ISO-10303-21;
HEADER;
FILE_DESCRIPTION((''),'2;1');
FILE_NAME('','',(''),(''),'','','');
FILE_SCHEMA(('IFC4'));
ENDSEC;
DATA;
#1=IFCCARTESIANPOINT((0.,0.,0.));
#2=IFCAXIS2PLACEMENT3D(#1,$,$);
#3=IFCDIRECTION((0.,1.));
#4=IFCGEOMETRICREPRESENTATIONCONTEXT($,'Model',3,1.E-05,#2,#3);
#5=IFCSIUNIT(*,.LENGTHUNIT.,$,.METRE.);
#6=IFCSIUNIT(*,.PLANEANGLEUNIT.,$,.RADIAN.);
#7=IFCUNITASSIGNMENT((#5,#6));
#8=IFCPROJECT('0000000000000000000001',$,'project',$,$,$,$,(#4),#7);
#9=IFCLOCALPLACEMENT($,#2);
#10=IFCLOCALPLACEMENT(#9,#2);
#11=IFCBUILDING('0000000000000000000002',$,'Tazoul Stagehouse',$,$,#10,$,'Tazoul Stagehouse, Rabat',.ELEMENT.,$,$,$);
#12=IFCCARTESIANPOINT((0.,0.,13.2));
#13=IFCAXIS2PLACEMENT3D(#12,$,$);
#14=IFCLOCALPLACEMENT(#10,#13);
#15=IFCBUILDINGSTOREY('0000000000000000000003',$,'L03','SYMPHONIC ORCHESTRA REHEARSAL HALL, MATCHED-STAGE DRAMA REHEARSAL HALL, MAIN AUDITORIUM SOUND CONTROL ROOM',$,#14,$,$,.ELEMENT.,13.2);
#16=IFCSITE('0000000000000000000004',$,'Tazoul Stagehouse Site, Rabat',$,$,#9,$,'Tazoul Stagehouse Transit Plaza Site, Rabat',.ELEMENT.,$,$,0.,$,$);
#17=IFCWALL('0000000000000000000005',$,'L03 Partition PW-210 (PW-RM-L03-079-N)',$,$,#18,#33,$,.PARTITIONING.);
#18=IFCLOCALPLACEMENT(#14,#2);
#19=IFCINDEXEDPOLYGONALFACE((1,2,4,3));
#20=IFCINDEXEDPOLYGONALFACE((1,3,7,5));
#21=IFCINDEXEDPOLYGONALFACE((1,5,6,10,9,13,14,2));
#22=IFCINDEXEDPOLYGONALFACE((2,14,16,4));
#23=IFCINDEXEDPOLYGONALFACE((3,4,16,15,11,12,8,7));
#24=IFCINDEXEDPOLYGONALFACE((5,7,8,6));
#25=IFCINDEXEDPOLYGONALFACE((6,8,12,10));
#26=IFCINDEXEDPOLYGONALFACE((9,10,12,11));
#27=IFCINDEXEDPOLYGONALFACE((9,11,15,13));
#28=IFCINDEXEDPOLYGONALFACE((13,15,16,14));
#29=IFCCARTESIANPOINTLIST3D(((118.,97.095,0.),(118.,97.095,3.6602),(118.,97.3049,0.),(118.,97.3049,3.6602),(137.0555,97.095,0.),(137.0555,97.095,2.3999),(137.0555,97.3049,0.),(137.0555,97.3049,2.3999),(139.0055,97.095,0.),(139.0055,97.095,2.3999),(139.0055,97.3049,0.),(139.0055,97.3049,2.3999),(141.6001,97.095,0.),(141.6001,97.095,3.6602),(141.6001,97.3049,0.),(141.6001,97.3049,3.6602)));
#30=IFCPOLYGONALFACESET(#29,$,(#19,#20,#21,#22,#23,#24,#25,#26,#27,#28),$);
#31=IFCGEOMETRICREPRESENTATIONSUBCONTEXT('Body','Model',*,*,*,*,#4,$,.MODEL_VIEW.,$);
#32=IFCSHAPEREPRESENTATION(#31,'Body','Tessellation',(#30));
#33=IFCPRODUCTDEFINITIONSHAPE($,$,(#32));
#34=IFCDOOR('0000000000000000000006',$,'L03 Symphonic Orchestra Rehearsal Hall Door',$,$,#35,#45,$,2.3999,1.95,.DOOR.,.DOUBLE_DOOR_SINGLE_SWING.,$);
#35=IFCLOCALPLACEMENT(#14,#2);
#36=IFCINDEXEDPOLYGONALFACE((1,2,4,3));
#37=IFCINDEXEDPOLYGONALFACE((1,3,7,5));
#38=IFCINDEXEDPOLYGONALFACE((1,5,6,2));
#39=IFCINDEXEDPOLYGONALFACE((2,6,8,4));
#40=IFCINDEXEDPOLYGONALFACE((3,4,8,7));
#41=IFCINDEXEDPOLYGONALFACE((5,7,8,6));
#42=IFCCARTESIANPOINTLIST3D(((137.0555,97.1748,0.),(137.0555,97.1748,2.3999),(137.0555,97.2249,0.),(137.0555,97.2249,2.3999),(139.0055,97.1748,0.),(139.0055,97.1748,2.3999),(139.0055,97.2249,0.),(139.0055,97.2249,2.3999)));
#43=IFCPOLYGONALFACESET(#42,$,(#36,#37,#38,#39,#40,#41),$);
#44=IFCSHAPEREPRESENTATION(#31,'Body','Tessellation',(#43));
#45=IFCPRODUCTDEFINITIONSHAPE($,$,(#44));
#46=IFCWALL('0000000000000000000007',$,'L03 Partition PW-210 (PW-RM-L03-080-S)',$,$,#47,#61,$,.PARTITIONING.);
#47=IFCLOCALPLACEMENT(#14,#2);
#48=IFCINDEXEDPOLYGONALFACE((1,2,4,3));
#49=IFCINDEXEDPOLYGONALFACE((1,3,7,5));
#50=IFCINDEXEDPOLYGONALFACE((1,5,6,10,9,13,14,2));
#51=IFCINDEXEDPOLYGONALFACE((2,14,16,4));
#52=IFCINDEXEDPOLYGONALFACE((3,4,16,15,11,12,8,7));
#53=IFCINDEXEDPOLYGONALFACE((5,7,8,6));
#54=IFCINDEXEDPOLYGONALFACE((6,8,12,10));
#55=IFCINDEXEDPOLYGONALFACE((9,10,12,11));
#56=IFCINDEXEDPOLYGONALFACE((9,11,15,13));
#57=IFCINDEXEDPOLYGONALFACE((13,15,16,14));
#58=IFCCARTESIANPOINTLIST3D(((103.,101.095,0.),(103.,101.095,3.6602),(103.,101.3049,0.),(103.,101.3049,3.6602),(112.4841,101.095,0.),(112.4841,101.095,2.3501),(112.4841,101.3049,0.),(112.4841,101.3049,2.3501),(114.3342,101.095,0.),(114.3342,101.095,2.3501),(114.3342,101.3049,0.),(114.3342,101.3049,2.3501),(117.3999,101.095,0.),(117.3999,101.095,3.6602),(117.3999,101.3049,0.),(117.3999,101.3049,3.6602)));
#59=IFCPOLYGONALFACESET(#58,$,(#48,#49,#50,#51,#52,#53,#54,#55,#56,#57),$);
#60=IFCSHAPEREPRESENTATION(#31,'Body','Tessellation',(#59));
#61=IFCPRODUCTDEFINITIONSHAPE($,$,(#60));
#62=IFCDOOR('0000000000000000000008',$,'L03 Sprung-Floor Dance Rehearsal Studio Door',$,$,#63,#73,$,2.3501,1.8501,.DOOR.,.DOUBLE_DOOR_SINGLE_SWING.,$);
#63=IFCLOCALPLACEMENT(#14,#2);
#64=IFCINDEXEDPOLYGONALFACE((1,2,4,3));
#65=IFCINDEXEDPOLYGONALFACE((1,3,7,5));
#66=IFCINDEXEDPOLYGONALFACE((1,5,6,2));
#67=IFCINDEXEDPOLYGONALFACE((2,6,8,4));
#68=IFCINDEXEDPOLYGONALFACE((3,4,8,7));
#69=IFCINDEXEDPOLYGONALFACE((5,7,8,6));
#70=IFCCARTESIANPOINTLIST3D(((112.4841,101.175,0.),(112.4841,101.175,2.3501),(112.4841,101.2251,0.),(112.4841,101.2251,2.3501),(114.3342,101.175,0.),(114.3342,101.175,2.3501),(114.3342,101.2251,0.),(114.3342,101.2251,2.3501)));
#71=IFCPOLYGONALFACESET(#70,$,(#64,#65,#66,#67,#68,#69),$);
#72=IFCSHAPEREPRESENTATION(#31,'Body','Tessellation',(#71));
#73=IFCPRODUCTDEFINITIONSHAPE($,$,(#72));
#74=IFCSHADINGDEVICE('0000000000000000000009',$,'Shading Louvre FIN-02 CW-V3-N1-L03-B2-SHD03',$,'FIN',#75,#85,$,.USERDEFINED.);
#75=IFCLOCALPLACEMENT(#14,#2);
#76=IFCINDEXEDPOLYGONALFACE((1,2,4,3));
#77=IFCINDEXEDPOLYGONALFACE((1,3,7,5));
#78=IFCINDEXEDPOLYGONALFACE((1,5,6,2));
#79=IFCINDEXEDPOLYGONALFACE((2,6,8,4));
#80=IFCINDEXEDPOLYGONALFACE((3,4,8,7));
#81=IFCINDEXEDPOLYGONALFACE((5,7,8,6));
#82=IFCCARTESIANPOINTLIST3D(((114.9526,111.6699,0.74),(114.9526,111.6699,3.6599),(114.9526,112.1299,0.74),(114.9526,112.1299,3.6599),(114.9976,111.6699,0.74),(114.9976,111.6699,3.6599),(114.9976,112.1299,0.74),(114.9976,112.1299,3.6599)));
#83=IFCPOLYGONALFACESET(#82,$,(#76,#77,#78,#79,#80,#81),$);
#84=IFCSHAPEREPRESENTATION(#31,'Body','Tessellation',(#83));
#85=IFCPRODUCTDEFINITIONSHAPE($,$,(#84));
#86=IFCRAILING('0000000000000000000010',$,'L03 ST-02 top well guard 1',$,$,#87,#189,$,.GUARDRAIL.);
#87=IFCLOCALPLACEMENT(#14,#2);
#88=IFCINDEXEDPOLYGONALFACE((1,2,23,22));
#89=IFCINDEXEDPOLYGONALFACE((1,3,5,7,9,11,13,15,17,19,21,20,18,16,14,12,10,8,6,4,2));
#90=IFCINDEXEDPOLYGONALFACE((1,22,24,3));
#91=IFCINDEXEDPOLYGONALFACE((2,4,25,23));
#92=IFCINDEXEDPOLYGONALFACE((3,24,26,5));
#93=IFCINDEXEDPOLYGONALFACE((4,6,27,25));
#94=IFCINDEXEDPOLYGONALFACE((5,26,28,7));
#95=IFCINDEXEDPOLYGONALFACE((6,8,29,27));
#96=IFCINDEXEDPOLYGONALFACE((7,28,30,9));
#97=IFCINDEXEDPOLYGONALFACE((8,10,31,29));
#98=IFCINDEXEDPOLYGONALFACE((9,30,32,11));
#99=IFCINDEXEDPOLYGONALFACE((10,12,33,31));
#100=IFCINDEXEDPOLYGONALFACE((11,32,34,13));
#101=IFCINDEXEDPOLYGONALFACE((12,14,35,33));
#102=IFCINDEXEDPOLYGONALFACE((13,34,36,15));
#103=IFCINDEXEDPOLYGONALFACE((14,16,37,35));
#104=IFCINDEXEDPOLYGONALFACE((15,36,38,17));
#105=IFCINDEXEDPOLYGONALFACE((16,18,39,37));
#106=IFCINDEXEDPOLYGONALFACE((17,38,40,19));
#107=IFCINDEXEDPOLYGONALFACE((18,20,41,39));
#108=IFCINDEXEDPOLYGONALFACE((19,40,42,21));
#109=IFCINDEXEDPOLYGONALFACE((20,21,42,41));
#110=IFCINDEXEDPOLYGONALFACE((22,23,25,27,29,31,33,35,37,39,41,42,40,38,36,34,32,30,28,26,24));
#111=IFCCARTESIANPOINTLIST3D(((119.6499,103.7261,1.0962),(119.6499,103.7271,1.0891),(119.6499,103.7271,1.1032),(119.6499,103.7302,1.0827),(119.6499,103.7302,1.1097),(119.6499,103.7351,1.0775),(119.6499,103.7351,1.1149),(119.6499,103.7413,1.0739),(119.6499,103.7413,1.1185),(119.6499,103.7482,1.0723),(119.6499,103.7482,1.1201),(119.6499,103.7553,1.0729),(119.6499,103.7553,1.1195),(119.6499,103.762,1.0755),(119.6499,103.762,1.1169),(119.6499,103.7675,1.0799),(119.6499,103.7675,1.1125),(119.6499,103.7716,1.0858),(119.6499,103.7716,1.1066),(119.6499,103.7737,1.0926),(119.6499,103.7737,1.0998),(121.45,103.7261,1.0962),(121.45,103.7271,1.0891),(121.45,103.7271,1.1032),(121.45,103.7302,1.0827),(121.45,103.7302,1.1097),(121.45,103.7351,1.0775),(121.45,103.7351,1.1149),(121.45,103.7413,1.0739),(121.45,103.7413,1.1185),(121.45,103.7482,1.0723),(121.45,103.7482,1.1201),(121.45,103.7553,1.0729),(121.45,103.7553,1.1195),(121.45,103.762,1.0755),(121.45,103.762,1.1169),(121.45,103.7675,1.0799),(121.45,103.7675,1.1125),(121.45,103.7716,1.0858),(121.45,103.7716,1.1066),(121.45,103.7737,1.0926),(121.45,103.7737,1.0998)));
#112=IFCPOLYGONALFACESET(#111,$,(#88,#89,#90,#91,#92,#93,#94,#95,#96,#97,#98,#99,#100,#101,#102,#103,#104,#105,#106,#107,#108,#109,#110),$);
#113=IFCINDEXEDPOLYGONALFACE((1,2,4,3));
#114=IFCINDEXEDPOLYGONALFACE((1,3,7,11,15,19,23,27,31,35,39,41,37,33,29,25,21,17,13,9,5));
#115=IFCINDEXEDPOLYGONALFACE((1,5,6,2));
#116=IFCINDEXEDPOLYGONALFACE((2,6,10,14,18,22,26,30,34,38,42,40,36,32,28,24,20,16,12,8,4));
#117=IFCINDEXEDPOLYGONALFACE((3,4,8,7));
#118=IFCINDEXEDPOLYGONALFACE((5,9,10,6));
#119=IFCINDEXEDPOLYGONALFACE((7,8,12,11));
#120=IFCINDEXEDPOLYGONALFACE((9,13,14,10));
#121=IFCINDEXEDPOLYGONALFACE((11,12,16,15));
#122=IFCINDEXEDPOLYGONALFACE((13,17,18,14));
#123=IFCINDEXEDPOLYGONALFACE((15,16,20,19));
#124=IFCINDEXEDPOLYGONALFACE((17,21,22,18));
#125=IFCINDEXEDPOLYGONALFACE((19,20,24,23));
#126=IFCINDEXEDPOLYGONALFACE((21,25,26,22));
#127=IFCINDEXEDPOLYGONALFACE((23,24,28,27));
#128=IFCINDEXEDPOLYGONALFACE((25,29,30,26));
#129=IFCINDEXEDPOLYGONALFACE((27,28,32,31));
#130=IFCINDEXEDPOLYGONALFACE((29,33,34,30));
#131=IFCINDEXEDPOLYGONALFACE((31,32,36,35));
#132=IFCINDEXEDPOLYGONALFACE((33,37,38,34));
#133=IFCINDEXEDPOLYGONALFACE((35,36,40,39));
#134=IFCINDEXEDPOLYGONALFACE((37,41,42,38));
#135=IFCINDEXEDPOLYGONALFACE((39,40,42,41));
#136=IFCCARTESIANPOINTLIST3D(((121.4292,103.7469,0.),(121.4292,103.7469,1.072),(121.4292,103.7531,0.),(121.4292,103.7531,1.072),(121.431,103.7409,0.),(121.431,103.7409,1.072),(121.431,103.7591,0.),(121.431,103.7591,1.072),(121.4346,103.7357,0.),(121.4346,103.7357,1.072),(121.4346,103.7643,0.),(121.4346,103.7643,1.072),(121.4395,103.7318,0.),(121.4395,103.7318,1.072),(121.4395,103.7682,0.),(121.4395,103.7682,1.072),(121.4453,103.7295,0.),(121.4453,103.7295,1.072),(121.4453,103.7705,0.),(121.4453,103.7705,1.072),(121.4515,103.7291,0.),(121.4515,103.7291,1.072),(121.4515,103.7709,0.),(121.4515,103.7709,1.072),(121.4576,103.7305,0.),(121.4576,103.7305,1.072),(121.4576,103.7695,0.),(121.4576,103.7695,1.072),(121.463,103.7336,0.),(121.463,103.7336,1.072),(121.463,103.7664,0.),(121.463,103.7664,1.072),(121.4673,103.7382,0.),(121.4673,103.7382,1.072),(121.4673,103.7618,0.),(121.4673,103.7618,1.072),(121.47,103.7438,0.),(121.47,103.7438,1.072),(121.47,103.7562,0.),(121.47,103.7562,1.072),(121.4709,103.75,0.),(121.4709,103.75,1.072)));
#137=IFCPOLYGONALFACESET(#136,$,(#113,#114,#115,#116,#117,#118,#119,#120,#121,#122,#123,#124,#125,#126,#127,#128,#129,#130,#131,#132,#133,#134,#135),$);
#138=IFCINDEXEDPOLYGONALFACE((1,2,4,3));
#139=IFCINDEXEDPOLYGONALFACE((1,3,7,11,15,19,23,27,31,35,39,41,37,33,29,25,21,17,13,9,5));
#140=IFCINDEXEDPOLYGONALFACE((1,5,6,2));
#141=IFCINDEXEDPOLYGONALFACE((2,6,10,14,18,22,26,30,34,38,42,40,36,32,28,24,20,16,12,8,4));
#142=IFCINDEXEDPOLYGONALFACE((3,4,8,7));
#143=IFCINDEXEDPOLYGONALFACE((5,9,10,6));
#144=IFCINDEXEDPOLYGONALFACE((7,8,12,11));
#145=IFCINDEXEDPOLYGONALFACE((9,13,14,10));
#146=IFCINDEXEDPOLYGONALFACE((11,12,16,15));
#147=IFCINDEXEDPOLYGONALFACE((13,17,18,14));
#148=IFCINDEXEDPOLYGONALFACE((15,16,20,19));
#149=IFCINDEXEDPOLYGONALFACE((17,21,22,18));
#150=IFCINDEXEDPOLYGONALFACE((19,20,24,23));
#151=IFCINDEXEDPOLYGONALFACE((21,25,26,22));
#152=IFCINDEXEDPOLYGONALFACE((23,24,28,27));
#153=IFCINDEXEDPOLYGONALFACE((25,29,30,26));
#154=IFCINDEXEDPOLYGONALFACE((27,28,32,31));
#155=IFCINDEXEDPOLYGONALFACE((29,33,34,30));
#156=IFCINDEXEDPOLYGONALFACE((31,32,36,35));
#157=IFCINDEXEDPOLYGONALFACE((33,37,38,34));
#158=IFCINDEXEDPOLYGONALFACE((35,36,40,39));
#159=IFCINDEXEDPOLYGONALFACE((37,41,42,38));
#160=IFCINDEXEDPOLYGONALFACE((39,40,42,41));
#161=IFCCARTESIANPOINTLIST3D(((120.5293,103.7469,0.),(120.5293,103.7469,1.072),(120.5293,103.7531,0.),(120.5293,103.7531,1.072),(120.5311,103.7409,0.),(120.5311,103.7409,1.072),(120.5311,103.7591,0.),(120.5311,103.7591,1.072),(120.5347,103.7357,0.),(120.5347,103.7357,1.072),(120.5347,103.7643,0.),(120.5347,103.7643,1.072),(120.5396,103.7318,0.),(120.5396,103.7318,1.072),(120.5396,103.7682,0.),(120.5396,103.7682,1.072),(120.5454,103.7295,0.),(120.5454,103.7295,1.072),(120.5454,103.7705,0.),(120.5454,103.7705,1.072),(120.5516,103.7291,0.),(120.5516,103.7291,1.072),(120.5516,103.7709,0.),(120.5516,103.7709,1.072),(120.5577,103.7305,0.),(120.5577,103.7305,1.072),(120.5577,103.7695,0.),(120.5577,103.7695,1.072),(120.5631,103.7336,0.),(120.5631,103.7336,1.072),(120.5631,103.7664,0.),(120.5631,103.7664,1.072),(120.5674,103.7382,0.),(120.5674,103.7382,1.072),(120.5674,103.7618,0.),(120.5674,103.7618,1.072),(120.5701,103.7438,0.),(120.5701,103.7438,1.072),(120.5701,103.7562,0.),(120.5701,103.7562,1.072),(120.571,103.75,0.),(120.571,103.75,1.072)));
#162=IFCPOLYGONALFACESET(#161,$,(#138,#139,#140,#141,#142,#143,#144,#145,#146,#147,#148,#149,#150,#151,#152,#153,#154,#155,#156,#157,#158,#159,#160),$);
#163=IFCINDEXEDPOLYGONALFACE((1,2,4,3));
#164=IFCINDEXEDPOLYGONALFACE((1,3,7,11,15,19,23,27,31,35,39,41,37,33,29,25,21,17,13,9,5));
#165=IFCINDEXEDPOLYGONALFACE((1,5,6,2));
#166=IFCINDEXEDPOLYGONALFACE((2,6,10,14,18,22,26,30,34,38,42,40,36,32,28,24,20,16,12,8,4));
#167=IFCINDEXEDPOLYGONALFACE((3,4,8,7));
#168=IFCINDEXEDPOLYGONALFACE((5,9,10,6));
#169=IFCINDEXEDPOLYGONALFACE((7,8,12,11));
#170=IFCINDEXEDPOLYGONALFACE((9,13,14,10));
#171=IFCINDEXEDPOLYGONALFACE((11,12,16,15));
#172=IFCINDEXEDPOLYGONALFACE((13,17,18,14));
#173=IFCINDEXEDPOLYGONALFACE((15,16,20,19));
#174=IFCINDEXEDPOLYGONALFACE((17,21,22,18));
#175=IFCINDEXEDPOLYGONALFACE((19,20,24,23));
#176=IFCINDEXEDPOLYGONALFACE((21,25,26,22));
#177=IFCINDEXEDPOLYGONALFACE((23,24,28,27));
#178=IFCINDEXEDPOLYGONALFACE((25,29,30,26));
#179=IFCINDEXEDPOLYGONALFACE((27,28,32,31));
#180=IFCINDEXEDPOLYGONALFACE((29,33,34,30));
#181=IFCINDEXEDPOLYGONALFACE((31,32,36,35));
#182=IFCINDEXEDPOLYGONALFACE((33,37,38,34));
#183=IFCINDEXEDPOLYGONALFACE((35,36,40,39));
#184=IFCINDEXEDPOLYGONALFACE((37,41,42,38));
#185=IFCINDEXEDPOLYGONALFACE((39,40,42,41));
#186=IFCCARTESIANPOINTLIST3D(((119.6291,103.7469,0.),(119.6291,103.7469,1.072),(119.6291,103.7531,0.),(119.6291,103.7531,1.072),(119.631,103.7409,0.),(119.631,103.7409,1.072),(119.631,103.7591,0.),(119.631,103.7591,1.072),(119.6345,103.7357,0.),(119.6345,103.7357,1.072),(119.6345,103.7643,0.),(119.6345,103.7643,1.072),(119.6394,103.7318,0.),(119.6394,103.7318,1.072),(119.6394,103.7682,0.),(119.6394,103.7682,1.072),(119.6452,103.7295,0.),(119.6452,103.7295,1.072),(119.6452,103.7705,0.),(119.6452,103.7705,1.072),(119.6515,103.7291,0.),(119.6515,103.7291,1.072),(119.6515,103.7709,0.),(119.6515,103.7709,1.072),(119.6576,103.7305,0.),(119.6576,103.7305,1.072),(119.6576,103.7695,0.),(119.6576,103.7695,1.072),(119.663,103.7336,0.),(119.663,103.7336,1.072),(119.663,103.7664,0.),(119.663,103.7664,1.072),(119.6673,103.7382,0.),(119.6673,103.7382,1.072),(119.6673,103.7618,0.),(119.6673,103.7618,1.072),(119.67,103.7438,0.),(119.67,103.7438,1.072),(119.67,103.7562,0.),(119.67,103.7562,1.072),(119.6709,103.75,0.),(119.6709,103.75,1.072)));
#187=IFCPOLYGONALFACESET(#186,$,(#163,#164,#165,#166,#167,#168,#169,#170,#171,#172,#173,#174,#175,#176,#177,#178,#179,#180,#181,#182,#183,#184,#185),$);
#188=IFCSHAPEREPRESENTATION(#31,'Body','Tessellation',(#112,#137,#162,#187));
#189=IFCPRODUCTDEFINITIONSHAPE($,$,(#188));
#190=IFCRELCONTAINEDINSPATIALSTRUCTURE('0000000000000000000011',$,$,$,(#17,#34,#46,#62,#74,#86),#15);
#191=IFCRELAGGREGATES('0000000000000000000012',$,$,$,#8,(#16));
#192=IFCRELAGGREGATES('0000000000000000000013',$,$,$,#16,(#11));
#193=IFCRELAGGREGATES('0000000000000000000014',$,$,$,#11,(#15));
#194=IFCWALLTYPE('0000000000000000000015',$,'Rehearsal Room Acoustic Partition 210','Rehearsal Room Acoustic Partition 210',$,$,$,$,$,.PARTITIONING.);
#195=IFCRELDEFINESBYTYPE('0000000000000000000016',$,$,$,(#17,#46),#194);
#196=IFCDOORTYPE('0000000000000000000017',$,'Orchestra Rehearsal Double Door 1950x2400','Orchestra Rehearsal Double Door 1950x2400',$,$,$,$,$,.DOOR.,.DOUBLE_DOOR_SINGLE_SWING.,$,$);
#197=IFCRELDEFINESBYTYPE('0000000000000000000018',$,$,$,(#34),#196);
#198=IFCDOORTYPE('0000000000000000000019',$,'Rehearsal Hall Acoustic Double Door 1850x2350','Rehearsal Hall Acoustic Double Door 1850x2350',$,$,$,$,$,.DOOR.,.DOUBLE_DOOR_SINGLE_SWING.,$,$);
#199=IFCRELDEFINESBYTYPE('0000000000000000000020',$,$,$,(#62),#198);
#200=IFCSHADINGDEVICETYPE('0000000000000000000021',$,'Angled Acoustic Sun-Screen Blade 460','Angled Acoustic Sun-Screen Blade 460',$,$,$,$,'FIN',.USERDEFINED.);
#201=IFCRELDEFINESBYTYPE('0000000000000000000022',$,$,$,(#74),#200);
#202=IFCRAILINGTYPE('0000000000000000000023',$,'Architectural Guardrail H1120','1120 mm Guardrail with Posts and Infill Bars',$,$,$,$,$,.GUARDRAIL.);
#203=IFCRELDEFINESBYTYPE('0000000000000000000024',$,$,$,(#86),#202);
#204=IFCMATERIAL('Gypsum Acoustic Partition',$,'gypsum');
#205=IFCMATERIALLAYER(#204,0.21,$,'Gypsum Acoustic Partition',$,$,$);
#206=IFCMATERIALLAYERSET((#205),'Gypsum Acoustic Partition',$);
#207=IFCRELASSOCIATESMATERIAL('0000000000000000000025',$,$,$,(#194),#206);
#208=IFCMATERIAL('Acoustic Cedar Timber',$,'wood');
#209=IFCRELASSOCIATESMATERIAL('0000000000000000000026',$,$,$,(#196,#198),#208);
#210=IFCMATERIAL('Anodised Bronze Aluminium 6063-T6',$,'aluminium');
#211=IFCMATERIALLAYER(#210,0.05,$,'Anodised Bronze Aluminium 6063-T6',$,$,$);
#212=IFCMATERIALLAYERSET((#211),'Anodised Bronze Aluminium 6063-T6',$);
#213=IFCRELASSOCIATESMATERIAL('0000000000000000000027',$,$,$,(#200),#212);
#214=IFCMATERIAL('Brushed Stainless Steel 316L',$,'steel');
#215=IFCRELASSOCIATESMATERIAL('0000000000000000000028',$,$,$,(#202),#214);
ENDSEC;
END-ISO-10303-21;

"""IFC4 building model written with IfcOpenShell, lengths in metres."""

from ifc_helpers import new_model, si_unit, direction, frame, frame_2d, origin, origin_2d, place, context, subcontext, project, spatial, rectangle, circle, extrude, material, layer, layer_set, material_profile, profile_set, type_object, element, fill, save


model = new_model("IFC4")

# Units and contexts
model_context = context("Model", 3, precision=1e-05, world=origin(), true_north=direction((0.0, 1.0)))
body_context = subcontext(model_context, "Body", "Model", "MODEL_VIEW")
ifc_project = project(units=[si_unit("LENGTHUNIT", "METRE"), si_unit("PLANEANGLEUNIT", "RADIAN")], contexts=[model_context])

# Site, building, storey
site_placement = place(None, origin())
site = spatial("IfcSite", under=ifc_project, at=site_placement, Name="Tazoul Stagehouse Site, Rabat", LongName="Tazoul Stagehouse Transit Plaza Site, Rabat", CompositionType="ELEMENT", RefElevation=0.0)
building_placement = place(site_placement, origin())
building = spatial("IfcBuilding", under=site, at=building_placement, Name="Tazoul Stagehouse", LongName="Tazoul Stagehouse, Rabat", CompositionType="ELEMENT")
storey_placement = place(building_placement, frame((0.0, 0.0, 13.2)))
storey = spatial("IfcBuildingStorey", under=building, at=storey_placement, Name="L03", Description="SYMPHONIC ORCHESTRA REHEARSAL HALL, MATCHED-STAGE DRAMA REHEARSAL HALL, MAIN AUDITORIUM SOUND CONTROL ROOM", CompositionType="ELEMENT", Elevation=13.2)

# Shared definitions
ifc_material_1 = material(Name="Anodised Bronze Aluminium 6063-T6", Category="aluminium")

# Walls, openings, doors
ifc_material_2 = material(Name="Gypsum Acoustic Partition", Category="gypsum")
ifc_layer_1 = layer(ifc_material_2, 0.21, Name="Gypsum Acoustic Partition")
ifc_layer_set_1 = layer_set([ifc_layer_1], Name="Gypsum Acoustic Partition")
wall_type_1 = type_object("IfcWallType", Name="Rehearsal Room Acoustic Partition 210", Description="Rehearsal Room Acoustic Partition 210", PredefinedType="PARTITIONING", material=ifc_layer_set_1)
wall_1_placement = place(storey_placement, frame((118.0, 97.2, 0.0), z_axis=(0.0, 0.0, 1.0), x_axis=(1.0, 0.0, 0.0)))
wall_1 = element("IfcWall", 1, at=wall_1_placement, inside=storey, type_object=wall_type_1, Name="L03 Partition PW-210 (PW-RM-L03-079-N)", PredefinedType="PARTITIONING", context=body_context, shape_type="SweptSolid", body=[
    extrude(rectangle(XDim=23.6001, YDim=0.21, at=frame_2d((11.8, 0.0))), origin(), (0.0, 0.0, 1.0), 3.6602),
])
opening_1_placement = place(wall_1_placement, frame((19.0554, 0.0, 0.0)))
opening_1 = element("IfcOpeningElement", 2, at=opening_1_placement, cuts=wall_1, PredefinedType="OPENING", context=body_context, shape_type="SweptSolid", body=[
    extrude(rectangle(XDim=1.95, YDim=2.3999, at=frame_2d((0.9751, 1.2))), frame((0.0, 0.125, 0.0), z_axis=(0.0, -1.0, 0.0), x_axis=(1.0, 0.0, 0.0)), (0.0, 0.0, 1.0), 0.25),
])
ifc_material_3 = material(Name="Acoustic Cedar Timber", Category="wood")
door_type_1 = type_object("IfcDoorType", Name="Orchestra Rehearsal Double Door 1950x2400", Description="Orchestra Rehearsal Double Door 1950x2400", OperationType="DOUBLE_DOOR_SINGLE_SWING", PredefinedType="DOOR", material=ifc_material_3)
door_1_placement = place(opening_1_placement, origin())
door_1 = element("IfcDoor", 3, at=door_1_placement, inside=storey, type_object=door_type_1, Name="L03 Symphonic Orchestra Rehearsal Hall Door", OperationType="DOUBLE_DOOR_SINGLE_SWING", OverallHeight=2.3999, OverallWidth=1.95, PredefinedType="DOOR", context=body_context, shape_type="SweptSolid", body=[
    extrude(rectangle(XDim=1.95, YDim=2.3999, at=frame_2d((0.9751, 1.2))), frame((0.0, 0.0249, 0.0), z_axis=(0.0, -1.0, 0.0), x_axis=(1.0, 0.0, 0.0)), (0.0, 0.0, 1.0), 0.05),
])
fill(opening_1, door_1)
wall_2_placement = place(storey_placement, frame((117.3999, 101.2, 0.0), z_axis=(0.0, 0.0, 1.0), x_axis=(-1.0, 0.0, 0.0)))
wall_2 = element("IfcWall", 4, at=wall_2_placement, inside=storey, type_object=wall_type_1, Name="L03 Partition PW-210 (PW-RM-L03-080-S)", PredefinedType="PARTITIONING", context=body_context, shape_type="SweptSolid", body=[
    extrude(rectangle(XDim=14.3999, YDim=0.21, at=frame_2d((7.2, 0.0))), origin(), (0.0, 0.0, 1.0), 3.6602),
])
opening_2_placement = place(wall_2_placement, frame((3.0657, 0.0, 0.0)))
opening_2 = element("IfcOpeningElement", 5, at=opening_2_placement, cuts=wall_2, PredefinedType="OPENING", context=body_context, shape_type="SweptSolid", body=[
    extrude(rectangle(XDim=1.8501, YDim=2.3501, at=frame_2d((0.925, 1.175))), frame((0.0, 0.125, 0.0), z_axis=(0.0, -1.0, 0.0), x_axis=(1.0, 0.0, 0.0)), (0.0, 0.0, 1.0), 0.25),
])
door_type_2 = type_object("IfcDoorType", Name="Rehearsal Hall Acoustic Double Door 1850x2350", Description="Rehearsal Hall Acoustic Double Door 1850x2350", OperationType="DOUBLE_DOOR_SINGLE_SWING", PredefinedType="DOOR", material=ifc_material_3)
door_2_placement = place(opening_2_placement, origin())
door_2 = element("IfcDoor", 6, at=door_2_placement, inside=storey, type_object=door_type_2, Name="L03 Sprung-Floor Dance Rehearsal Studio Door", OperationType="DOUBLE_DOOR_SINGLE_SWING", OverallHeight=2.3501, OverallWidth=1.8501, PredefinedType="DOOR", context=body_context, shape_type="SweptSolid", body=[
    extrude(rectangle(XDim=1.8501, YDim=2.3501, at=frame_2d((0.925, 1.175))), frame((0.0, 0.0249, 0.0), z_axis=(0.0, -1.0, 0.0), x_axis=(1.0, 0.0, 0.0)), (0.0, 0.0, 1.0), 0.05),
])
fill(opening_2, door_2)

# Shading device
ifc_layer_2 = layer(ifc_material_1, 0.05, Name="Anodised Bronze Aluminium 6063-T6")
ifc_layer_set_2 = layer_set([ifc_layer_2], Name="Anodised Bronze Aluminium 6063-T6")
shading_device_type = type_object("IfcShadingDeviceType", Name="Angled Acoustic Sun-Screen Blade 460", Description="Angled Acoustic Sun-Screen Blade 460", ElementType="FIN", PredefinedType="USERDEFINED", material=ifc_layer_set_2)
shading_device_placement = place(storey_placement, frame((114.9751, 111.8999, 0.74), z_axis=(0.0, 0.0, 1.0), x_axis=(1.0, 0.0, 0.0)))
element("IfcShadingDevice", 7, at=shading_device_placement, inside=storey, type_object=shading_device_type, Name="Shading Louvre FIN-02 CW-V3-N1-L03-B2-SHD03", ObjectType="FIN", PredefinedType="USERDEFINED", context=body_context, shape_type="SweptSolid", body=[
    extrude(rectangle(XDim=0.0449, YDim=0.46, at=origin_2d()), origin(), (0.0, 0.0, 1.0), 2.9199),
])

# Railing
ifc_material_4 = material(Name="Brushed Stainless Steel 316L", Category="steel")
ifc_material_profile_1 = material_profile(ifc_material_4, circle(Radius=0.0239, at=origin_2d()), Name="SS RAIL D48")
ifc_profile_set_1 = profile_set([ifc_material_profile_1], Name="Brushed Stainless Steel 316L")
railing_type = type_object("IfcRailingType", Name="Architectural Guardrail H1120", Description="1120 mm Guardrail with Posts and Infill Bars", PredefinedType="GUARDRAIL", material=ifc_profile_set_1)
railing_placement = place(storey_placement, frame((121.45, 103.75, 0.0)))
element("IfcRailing", 8, at=railing_placement, inside=storey, type_object=railing_type, Name="L03 ST-02 top well guard 1", PredefinedType="GUARDRAIL", context=body_context, shape_type="SweptSolid", body=[
    extrude(circle(Radius=0.0239, at=origin_2d()), frame((0.0, 0.0, 1.0962), z_axis=(-1.0, 0.0, 0.0), x_axis=(0.0, -1.0, 0.0)), (0.0, 0.0, 1.0), 1.8),
    extrude(circle(Radius=0.021, at=origin_2d()), origin(), (0.0, 0.0, 1.0), 1.072),
    extrude(circle(Radius=0.021, at=origin_2d()), frame((-0.8999, 0.0, 0.0)), (0.0, 0.0, 1.0), 1.072),
    extrude(circle(Radius=0.021, at=origin_2d()), frame((-1.8, 0.0, 0.0)), (0.0, 0.0, 1.0), 1.072),
])

save(model, "model.ifc")
